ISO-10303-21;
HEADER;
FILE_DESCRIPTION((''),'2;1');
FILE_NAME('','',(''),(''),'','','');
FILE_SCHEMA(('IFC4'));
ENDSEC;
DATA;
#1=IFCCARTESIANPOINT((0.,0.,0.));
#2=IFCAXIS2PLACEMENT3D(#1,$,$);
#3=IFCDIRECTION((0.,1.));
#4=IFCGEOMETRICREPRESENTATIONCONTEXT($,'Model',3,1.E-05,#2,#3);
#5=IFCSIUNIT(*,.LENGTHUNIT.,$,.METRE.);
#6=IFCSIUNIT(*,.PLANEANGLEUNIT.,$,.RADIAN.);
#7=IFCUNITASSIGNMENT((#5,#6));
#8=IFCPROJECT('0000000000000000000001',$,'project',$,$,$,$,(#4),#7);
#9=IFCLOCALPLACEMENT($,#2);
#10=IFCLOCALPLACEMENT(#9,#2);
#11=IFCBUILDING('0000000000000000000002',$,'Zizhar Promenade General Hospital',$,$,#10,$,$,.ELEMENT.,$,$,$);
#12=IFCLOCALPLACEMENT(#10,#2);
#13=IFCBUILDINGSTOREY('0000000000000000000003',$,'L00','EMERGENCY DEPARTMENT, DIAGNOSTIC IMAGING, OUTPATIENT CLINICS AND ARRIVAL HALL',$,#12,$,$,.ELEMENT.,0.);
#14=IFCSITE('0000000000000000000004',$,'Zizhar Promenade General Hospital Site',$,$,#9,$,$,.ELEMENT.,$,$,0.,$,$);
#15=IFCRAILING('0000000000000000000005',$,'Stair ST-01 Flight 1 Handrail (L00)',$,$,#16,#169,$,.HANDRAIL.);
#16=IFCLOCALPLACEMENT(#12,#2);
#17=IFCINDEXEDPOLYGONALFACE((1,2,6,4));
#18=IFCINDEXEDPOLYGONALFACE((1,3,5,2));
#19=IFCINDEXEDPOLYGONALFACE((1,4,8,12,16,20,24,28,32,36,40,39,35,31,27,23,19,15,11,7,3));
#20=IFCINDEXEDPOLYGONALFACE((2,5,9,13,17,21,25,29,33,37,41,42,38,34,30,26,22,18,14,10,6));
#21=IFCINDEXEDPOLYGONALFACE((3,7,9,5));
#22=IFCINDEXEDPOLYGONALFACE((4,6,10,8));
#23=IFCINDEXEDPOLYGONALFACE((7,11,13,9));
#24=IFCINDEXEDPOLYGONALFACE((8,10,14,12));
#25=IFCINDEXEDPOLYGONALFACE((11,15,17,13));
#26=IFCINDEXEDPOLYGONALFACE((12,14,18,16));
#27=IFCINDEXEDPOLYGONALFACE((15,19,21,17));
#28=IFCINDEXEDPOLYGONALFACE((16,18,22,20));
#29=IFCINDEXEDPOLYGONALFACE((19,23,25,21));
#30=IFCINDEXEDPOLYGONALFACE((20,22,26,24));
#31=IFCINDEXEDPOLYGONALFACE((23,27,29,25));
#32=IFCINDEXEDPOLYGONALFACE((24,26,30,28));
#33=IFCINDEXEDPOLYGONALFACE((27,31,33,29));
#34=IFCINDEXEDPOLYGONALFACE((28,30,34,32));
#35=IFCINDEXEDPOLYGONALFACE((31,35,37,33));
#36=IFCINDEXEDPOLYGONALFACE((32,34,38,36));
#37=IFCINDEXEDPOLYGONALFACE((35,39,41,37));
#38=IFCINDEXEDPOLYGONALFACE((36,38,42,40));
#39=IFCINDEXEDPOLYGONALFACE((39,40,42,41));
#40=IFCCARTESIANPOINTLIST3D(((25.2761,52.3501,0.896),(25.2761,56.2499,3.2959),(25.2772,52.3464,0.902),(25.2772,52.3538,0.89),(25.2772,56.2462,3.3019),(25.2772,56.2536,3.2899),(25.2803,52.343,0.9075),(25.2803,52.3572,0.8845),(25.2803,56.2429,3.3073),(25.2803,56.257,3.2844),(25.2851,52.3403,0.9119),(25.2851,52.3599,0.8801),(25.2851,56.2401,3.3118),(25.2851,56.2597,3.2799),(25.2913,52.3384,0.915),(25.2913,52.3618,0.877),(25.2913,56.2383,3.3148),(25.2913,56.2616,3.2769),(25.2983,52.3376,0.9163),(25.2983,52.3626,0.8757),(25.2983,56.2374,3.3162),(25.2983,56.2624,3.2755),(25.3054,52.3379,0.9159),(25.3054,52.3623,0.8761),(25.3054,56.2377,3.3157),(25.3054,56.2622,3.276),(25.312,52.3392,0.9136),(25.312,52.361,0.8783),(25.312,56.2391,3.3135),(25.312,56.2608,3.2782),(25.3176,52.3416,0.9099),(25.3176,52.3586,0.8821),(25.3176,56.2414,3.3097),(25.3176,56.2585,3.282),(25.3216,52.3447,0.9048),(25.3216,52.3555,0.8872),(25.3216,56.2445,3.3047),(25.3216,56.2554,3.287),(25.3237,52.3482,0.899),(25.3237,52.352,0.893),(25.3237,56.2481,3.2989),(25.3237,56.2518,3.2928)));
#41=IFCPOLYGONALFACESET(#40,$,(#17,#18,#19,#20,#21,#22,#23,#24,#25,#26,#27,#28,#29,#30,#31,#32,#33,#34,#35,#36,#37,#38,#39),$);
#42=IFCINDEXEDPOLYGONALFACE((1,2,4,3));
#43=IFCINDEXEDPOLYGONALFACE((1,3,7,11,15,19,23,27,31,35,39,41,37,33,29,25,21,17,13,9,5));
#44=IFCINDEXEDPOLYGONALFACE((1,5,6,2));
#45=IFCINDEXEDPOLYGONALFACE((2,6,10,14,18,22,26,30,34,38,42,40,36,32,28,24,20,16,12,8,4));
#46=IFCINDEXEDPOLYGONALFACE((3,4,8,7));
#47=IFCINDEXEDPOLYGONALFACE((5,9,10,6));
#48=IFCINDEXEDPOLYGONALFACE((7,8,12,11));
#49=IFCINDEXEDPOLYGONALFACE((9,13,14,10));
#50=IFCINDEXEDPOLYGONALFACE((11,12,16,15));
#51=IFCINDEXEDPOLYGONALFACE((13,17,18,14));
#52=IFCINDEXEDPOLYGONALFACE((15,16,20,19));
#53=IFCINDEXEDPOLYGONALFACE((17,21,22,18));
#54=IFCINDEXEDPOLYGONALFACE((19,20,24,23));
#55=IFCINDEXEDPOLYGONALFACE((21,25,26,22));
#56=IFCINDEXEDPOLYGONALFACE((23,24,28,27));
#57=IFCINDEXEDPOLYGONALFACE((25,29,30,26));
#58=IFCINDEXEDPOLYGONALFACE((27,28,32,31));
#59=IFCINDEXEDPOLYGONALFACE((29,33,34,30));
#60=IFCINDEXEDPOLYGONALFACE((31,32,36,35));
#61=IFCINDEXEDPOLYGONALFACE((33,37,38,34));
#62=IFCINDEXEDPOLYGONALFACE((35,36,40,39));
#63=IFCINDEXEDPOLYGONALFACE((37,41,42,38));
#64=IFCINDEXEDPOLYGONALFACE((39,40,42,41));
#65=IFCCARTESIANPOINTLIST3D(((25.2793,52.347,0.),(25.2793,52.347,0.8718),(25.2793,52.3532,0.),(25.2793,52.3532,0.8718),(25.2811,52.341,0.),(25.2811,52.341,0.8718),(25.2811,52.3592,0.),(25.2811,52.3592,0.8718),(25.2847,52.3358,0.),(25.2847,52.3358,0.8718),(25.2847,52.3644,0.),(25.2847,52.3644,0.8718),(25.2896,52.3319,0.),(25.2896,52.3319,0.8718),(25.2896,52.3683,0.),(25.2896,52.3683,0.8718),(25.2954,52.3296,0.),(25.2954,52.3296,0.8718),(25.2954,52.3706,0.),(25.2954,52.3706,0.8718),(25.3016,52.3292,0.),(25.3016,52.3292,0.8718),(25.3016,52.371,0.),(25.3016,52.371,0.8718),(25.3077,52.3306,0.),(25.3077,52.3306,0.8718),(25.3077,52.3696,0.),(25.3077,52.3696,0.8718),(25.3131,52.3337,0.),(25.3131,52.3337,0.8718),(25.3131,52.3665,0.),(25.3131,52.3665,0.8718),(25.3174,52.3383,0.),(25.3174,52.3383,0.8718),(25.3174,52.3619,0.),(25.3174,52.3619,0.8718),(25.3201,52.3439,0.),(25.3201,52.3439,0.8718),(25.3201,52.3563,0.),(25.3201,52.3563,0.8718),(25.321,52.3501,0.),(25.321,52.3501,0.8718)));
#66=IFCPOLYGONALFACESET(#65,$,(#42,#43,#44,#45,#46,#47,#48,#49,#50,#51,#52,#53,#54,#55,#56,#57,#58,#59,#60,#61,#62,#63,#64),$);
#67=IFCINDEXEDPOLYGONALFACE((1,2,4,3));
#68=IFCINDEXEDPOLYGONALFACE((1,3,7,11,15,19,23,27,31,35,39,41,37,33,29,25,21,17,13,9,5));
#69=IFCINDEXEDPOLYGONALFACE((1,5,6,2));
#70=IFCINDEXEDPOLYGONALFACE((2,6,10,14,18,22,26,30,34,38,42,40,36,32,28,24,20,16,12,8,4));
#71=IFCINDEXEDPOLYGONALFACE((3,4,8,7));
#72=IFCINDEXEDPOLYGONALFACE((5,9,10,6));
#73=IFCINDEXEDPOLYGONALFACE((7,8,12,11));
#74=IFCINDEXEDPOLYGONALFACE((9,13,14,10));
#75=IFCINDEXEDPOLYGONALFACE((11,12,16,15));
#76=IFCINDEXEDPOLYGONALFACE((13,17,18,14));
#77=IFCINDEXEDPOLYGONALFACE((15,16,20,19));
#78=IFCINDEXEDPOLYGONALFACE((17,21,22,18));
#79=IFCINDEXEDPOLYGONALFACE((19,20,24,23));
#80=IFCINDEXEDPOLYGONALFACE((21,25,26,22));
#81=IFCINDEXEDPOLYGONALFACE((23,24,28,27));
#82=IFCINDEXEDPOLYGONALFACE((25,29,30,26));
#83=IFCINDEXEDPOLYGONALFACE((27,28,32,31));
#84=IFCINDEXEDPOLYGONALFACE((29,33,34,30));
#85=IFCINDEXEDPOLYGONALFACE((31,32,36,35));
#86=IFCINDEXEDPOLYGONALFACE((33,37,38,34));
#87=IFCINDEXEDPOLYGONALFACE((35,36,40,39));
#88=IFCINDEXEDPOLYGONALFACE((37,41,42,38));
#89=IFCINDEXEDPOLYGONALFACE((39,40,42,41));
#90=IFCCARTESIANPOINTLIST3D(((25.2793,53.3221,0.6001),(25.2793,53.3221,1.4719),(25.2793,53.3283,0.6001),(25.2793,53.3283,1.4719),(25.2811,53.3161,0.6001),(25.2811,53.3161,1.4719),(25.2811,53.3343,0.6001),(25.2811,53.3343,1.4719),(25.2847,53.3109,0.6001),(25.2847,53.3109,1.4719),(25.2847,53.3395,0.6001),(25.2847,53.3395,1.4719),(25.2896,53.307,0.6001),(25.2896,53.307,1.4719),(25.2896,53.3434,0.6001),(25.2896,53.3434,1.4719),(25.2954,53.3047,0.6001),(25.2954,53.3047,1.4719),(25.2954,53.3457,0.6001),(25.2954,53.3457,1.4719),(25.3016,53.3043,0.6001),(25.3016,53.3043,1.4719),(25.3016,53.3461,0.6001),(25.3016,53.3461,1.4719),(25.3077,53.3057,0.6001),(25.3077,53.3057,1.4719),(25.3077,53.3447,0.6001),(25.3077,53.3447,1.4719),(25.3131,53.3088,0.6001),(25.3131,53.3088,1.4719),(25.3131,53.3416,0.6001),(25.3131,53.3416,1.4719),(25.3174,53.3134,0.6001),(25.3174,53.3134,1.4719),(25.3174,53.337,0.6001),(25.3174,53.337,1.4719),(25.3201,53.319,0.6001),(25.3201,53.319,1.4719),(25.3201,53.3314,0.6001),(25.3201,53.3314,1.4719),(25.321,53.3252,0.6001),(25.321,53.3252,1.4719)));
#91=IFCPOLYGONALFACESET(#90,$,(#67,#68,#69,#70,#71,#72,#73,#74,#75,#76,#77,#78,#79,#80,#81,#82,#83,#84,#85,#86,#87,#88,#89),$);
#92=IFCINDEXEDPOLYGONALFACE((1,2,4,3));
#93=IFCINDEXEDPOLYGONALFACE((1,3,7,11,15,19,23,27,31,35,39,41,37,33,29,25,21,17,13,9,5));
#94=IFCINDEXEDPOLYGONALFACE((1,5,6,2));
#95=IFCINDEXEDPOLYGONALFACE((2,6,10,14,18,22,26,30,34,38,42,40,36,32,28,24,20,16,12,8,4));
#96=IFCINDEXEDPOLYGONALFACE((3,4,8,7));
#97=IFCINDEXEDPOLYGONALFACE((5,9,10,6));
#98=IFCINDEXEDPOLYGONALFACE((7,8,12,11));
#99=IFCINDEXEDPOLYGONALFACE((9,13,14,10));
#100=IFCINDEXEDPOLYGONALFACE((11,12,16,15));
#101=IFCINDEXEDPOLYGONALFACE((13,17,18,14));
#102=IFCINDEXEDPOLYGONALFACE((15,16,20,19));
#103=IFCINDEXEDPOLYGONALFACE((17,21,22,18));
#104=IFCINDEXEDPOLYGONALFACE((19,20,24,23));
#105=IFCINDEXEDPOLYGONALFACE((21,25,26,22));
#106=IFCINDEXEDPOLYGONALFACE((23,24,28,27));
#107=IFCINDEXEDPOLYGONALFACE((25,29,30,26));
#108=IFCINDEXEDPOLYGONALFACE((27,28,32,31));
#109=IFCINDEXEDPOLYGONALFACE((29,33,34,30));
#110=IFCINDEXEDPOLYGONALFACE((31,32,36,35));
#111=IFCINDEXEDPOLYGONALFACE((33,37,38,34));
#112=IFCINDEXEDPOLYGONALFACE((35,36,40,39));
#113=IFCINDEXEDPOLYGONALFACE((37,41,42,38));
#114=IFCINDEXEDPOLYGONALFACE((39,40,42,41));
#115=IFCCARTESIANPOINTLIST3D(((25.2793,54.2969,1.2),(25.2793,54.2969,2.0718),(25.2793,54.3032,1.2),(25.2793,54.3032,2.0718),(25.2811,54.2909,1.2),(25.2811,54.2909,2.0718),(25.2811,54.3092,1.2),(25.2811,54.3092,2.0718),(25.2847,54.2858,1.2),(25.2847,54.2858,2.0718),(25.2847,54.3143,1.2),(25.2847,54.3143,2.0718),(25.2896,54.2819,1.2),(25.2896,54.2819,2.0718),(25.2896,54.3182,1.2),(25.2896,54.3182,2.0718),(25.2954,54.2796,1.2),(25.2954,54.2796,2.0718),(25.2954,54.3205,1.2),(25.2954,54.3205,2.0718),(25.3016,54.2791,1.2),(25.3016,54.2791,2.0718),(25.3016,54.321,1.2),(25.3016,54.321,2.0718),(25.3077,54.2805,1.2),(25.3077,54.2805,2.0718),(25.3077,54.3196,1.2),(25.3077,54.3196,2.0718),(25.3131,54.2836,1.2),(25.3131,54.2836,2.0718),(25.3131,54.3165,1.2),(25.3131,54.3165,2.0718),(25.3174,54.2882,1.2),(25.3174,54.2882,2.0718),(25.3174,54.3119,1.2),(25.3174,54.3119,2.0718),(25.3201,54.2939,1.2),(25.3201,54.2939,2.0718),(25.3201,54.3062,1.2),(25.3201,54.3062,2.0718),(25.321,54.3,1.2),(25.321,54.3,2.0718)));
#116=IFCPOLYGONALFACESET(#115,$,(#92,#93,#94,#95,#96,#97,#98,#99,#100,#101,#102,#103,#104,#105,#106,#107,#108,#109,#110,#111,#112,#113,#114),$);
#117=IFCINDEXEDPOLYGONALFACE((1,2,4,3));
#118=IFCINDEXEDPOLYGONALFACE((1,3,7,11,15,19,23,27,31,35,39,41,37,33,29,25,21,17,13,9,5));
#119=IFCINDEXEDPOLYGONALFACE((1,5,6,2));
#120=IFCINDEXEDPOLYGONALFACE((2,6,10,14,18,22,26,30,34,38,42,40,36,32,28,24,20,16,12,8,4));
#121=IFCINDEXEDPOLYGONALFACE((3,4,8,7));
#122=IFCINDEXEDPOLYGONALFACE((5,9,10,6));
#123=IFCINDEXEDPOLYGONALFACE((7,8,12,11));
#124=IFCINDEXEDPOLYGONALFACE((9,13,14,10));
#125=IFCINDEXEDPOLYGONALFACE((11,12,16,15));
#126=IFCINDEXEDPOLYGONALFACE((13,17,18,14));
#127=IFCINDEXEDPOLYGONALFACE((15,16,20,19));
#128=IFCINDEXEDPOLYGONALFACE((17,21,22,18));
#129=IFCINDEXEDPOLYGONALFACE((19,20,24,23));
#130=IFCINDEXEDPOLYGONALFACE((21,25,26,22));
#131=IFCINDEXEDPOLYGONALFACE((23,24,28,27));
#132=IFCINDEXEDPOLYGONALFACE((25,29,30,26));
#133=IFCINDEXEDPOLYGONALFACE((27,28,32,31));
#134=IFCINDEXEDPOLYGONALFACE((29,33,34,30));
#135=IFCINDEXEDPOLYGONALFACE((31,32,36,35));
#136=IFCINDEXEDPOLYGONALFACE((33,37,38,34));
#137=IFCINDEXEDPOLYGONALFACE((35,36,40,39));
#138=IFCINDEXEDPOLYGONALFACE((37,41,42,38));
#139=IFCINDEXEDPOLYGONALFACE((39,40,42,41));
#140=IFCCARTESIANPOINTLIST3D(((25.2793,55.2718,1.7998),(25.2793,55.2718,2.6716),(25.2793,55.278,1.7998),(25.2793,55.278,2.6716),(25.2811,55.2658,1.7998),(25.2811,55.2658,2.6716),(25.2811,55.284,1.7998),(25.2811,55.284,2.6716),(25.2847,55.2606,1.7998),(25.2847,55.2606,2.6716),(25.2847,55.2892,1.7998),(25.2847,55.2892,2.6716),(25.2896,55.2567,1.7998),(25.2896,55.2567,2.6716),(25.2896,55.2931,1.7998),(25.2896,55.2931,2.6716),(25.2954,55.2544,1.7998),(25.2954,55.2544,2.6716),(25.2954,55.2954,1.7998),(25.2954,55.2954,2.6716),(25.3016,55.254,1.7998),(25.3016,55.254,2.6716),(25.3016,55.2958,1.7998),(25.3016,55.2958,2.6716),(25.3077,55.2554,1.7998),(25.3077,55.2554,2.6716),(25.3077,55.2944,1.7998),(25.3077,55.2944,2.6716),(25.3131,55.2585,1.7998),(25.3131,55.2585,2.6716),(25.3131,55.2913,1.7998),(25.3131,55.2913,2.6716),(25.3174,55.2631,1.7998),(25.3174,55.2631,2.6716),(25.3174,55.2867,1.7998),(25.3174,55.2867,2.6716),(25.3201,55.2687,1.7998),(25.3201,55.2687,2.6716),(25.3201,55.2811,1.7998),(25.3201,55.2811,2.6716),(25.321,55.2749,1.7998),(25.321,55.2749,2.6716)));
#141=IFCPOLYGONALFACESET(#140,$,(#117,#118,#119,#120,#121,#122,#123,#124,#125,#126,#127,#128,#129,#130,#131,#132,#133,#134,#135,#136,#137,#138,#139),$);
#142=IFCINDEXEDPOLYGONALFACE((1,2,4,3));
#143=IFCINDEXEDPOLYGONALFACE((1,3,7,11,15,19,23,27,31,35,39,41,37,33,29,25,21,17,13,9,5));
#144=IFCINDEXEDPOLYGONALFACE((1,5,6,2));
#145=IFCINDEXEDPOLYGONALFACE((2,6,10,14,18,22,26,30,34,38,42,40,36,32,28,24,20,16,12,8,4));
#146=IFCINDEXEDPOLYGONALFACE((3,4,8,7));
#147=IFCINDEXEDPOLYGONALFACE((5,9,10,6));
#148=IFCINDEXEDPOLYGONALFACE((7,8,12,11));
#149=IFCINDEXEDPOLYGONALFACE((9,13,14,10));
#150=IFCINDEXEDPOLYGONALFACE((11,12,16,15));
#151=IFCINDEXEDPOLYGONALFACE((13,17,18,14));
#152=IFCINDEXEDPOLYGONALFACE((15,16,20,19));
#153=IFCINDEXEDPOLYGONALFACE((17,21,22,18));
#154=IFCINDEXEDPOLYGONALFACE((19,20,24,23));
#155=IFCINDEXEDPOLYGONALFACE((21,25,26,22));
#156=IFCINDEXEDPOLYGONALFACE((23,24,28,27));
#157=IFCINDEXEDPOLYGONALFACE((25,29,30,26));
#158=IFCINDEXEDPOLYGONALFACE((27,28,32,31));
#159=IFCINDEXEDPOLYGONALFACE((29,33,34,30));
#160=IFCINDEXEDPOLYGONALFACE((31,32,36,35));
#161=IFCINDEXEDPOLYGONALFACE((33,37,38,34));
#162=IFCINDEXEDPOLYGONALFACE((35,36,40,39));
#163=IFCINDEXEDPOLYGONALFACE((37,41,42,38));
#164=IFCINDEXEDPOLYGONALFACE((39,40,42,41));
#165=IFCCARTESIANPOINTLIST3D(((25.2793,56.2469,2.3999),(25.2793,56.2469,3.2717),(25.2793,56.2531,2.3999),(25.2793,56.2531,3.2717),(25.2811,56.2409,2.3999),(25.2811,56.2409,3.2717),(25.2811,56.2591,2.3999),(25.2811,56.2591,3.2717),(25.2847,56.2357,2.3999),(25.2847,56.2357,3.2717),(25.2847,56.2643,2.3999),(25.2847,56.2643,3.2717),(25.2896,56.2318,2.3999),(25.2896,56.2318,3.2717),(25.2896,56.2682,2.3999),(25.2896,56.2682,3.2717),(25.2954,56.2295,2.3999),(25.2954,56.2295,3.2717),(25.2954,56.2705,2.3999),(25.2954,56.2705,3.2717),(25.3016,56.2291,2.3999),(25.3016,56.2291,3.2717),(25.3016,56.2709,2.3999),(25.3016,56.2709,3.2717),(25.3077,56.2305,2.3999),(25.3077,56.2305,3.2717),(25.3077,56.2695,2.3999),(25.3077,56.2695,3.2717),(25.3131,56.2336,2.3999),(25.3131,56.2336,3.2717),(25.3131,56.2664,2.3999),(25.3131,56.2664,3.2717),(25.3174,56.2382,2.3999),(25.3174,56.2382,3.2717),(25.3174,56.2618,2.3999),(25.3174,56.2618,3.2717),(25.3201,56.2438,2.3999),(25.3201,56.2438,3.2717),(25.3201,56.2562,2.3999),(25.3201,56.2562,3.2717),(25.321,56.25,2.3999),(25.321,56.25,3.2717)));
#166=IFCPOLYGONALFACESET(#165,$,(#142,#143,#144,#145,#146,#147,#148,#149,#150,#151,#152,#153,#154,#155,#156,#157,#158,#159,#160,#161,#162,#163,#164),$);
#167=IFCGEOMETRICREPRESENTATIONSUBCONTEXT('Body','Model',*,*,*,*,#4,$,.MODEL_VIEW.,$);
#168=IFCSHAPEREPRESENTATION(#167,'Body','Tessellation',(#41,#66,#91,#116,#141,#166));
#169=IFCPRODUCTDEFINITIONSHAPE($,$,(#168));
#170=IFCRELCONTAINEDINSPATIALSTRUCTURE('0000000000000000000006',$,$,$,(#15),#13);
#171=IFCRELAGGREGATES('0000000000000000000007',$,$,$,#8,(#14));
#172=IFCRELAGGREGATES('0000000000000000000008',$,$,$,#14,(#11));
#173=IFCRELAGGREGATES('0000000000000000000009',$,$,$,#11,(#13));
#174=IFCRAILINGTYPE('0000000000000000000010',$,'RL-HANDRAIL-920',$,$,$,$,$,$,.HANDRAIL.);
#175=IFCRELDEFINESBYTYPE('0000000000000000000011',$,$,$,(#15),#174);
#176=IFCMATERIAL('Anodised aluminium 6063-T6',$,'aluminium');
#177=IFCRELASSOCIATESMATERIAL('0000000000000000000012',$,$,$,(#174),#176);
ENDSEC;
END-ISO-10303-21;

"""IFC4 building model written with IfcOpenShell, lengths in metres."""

from ifc_helpers import new_model, si_unit, direction, frame, origin, origin_2d, place, context, subcontext, project, spatial, circle, hollow_circle, extrude, material, material_profile, profile_set, type_object, element, save


model = new_model("IFC4")

# Units and contexts
model_context = context("Model", 3, precision=1e-05, world=origin(), true_north=direction((0.0, 1.0)))
body_context = subcontext(model_context, "Body", "Model", "MODEL_VIEW")
ifc_project = project(units=[si_unit("LENGTHUNIT", "METRE"), si_unit("PLANEANGLEUNIT", "RADIAN")], contexts=[model_context])

# Site, building, storey
site_placement = place(None, origin())
site = spatial("IfcSite", under=ifc_project, at=site_placement, Name="Zizhar Promenade General Hospital Site", CompositionType="ELEMENT", RefElevation=0.0)
building_placement = place(site_placement, origin())
building = spatial("IfcBuilding", under=site, at=building_placement, Name="Zizhar Promenade General Hospital", CompositionType="ELEMENT")
storey_placement = place(building_placement, origin())
storey = spatial("IfcBuildingStorey", under=building, at=storey_placement, Name="L00", Description="EMERGENCY DEPARTMENT, DIAGNOSTIC IMAGING, OUTPATIENT CLINICS AND ARRIVAL HALL", CompositionType="ELEMENT", Elevation=0.0)

# Railing
ifc_material_1 = material(Name="Anodised aluminium 6063-T6", Category="aluminium")
ifc_material_profile_1 = material_profile(ifc_material_1, hollow_circle(Radius=0.0698, WallThickness=0.0063, at=origin_2d()))
ifc_profile_set_1 = profile_set([ifc_material_profile_1], Name="Anodised aluminium 6063-T6")
railing_type_1 = type_object("IfcRailingType", Name="RL-HANDRAIL-920", PredefinedType="HANDRAIL", material=ifc_profile_set_1)
railing_1_placement = place(storey_placement, frame((25.3, 52.3501, 0.0)))
element("IfcRailing", 1, at=railing_1_placement, inside=storey, type_object=railing_type_1, Name="Stair ST-01 Flight 1 Handrail (L00)", PredefinedType="HANDRAIL", context=body_context, shape_type="SweptSolid", body=[
    extrude(circle(Radius=0.0239, at=origin_2d()), frame((0.0, 0.0, 0.896), z_axis=(0.0, 0.851662, 0.524091), x_axis=(-1.0, 0.0, 0.0)), (0.0, 0.0, 1.0), 4.5791),
    extrude(circle(Radius=0.021, at=origin_2d()), origin(), (0.0, 0.0, 1.0), 0.8718),
    extrude(circle(Radius=0.021, at=origin_2d()), frame((0.0, 0.9751, 0.6001)), (0.0, 0.0, 1.0), 0.8718),
    extrude(circle(Radius=0.021, at=origin_2d()), frame((0.0, 1.95, 1.2)), (0.0, 0.0, 1.0), 0.8718),
    extrude(circle(Radius=0.021, at=origin_2d()), frame((0.0, 2.9248, 1.7998)), (0.0, 0.0, 1.0), 0.8718),
    extrude(circle(Radius=0.021, at=origin_2d()), frame((0.0, 3.8999, 2.3999)), (0.0, 0.0, 1.0), 0.8718),
])

save(model, "model.ifc")
